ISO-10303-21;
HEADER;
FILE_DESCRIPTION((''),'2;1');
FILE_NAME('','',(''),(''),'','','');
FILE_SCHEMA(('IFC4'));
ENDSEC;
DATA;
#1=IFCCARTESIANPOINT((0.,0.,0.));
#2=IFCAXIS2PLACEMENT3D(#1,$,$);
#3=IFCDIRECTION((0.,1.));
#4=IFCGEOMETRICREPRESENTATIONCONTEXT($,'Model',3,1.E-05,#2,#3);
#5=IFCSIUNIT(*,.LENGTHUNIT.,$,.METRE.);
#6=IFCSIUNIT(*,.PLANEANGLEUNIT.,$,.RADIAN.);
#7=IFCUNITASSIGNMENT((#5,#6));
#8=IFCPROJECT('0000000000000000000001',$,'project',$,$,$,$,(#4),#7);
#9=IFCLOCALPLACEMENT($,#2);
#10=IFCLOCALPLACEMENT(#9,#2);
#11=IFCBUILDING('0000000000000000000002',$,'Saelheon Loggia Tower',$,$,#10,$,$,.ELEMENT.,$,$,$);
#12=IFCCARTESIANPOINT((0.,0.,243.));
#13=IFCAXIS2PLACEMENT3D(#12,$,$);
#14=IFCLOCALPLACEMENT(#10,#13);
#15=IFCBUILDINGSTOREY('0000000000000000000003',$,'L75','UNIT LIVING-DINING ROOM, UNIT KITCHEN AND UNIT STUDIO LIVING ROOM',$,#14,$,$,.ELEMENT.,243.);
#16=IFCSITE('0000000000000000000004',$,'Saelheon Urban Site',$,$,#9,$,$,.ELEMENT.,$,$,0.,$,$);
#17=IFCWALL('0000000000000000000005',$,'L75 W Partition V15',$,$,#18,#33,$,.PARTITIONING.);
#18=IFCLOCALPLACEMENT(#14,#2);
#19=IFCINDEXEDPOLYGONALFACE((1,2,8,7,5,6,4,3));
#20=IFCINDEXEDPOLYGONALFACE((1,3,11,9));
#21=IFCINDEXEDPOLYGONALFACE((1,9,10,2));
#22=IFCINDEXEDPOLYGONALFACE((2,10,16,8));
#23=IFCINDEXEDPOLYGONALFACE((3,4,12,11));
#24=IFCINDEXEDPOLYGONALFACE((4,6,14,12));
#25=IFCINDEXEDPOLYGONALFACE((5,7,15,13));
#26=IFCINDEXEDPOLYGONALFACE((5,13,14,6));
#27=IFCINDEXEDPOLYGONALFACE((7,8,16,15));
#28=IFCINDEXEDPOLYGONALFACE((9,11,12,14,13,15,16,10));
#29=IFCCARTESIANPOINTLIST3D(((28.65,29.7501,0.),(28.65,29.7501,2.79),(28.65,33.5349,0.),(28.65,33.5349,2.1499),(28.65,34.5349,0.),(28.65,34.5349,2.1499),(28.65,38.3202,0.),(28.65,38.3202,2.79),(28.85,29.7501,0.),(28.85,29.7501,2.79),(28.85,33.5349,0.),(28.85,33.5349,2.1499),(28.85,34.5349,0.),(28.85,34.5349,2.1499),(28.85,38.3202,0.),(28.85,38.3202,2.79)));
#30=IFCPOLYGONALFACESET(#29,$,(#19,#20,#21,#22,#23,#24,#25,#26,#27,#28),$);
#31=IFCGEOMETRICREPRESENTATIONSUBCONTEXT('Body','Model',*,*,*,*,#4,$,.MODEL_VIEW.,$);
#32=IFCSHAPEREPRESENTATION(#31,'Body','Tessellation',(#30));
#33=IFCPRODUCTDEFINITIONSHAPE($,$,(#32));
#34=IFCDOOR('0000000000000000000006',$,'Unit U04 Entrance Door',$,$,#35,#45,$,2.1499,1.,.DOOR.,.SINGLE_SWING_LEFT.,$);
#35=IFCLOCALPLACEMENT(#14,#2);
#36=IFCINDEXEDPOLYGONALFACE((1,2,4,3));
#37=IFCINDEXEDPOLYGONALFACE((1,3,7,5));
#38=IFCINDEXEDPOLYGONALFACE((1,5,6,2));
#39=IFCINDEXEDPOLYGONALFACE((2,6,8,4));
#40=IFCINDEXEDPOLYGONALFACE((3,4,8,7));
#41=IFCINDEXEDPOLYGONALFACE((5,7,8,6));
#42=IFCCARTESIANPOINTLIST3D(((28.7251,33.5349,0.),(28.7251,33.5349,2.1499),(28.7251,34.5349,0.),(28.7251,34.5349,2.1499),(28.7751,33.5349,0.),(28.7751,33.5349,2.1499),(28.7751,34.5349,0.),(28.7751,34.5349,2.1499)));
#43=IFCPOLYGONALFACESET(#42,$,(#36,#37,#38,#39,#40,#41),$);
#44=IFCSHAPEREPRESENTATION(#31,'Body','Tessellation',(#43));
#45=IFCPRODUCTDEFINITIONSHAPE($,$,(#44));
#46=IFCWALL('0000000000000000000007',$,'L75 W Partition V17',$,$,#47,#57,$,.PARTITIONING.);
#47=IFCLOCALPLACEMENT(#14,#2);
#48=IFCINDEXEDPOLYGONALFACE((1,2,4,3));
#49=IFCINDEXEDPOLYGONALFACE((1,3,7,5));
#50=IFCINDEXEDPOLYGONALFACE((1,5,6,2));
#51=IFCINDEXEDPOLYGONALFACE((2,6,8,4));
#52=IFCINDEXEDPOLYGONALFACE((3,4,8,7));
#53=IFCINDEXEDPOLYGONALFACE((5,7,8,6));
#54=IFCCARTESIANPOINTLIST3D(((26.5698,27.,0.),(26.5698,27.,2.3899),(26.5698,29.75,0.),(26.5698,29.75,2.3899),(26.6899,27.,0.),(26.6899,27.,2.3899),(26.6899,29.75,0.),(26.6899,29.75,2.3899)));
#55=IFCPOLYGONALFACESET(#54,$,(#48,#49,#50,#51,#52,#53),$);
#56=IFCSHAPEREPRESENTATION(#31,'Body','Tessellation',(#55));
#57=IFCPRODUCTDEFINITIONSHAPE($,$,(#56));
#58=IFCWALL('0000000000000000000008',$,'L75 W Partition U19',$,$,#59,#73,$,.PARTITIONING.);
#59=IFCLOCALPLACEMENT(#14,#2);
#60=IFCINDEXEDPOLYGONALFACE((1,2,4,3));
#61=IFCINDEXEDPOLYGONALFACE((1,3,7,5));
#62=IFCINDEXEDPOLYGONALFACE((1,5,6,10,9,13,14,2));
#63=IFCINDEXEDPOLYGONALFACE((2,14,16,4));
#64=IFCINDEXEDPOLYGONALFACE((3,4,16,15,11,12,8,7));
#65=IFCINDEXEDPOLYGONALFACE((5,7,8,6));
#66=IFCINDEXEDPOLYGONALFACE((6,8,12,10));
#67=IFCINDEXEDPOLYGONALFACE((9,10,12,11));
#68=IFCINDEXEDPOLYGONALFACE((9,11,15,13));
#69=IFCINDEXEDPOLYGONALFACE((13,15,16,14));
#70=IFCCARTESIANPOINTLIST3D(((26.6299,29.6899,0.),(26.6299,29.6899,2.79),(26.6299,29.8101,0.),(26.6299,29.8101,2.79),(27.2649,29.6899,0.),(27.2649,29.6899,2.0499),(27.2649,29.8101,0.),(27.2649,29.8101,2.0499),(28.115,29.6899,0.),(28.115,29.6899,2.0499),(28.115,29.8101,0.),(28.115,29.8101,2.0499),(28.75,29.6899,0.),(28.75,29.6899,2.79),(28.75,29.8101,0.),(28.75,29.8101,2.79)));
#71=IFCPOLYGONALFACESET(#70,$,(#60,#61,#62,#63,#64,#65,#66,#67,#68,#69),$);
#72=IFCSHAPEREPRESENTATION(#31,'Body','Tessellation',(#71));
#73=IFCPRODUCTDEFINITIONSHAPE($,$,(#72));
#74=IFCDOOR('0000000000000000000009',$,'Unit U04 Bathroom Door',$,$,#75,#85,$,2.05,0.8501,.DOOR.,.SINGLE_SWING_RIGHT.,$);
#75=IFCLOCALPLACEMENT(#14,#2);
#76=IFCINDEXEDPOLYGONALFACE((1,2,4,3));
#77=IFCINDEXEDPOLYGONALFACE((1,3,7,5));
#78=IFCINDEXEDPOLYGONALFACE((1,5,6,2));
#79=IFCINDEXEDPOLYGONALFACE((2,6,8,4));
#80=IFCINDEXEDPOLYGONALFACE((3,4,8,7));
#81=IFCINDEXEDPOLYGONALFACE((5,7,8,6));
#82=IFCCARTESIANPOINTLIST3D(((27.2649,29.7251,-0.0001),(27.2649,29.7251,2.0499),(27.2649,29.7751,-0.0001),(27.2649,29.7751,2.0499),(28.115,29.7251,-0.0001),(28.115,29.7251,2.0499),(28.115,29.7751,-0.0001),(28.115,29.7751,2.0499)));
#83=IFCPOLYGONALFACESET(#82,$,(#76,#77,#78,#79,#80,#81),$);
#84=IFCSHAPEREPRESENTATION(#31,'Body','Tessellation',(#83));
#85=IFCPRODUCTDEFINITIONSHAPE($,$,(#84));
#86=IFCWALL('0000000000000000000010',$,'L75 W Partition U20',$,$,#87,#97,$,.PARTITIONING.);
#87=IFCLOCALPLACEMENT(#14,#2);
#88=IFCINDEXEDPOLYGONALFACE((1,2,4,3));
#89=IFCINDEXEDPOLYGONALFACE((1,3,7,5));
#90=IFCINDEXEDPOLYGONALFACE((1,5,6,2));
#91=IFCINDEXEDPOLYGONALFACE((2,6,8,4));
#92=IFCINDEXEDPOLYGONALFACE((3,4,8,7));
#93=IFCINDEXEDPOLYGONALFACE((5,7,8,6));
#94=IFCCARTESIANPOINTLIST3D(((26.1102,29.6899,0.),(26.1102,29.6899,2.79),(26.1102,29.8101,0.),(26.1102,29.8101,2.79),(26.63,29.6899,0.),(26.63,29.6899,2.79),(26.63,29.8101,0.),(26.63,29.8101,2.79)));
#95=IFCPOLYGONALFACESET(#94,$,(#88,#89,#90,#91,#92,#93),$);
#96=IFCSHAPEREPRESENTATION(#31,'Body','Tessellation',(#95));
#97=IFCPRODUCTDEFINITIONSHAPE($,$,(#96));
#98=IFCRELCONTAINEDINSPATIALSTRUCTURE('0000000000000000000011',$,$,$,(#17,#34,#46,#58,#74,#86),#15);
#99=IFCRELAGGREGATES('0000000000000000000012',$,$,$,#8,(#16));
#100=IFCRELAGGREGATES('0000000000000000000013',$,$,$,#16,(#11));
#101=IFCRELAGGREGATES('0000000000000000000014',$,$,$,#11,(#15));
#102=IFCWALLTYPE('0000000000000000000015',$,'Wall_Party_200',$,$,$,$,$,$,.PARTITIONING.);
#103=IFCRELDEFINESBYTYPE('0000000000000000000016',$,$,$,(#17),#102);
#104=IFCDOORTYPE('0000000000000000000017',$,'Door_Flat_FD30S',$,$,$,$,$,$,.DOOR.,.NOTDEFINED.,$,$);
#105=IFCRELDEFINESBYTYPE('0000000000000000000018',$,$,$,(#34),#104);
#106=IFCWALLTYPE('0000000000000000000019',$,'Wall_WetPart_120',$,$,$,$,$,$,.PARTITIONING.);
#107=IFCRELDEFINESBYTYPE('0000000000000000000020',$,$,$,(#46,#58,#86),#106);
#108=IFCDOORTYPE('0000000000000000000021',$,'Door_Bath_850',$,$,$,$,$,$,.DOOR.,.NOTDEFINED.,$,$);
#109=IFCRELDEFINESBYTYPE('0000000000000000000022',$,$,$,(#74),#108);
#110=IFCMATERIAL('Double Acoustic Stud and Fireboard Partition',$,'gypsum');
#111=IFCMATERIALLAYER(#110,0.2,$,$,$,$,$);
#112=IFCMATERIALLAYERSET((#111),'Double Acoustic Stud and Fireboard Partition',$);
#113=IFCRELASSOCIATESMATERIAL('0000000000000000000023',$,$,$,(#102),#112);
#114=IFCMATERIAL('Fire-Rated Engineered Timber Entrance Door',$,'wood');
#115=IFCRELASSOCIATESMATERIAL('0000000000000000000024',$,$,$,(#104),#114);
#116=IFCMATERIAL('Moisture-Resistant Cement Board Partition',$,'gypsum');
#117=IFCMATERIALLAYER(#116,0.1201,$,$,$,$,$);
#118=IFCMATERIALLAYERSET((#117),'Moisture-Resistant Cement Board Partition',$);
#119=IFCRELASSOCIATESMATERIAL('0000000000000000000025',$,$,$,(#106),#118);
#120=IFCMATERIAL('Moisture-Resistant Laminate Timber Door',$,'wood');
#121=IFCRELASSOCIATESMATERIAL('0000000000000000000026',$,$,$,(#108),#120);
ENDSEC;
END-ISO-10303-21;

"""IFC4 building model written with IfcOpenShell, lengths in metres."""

from ifc_helpers import new_model, si_unit, direction, frame, frame_2d, origin, place, context, subcontext, project, spatial, rectangle, extrude, source, transform, mapped, material, layer, layer_set, type_object, element, fill, save


model = new_model("IFC4")

# Units and contexts
model_context = context("Model", 3, precision=1e-05, world=origin(), true_north=direction((0.0, 1.0)))
body_context = subcontext(model_context, "Body", "Model", "MODEL_VIEW")
ifc_project = project(units=[si_unit("LENGTHUNIT", "METRE"), si_unit("PLANEANGLEUNIT", "RADIAN")], contexts=[model_context])

# Site, building, storey
site_placement = place(None, origin())
site = spatial("IfcSite", under=ifc_project, at=site_placement, Name="Saelheon Urban Site", CompositionType="ELEMENT", RefElevation=0.0)
building_placement = place(site_placement, origin())
building = spatial("IfcBuilding", under=site, at=building_placement, Name="Saelheon Loggia Tower", CompositionType="ELEMENT")
storey_placement = place(building_placement, frame((0.0, 0.0, 243.0)))
storey = spatial("IfcBuildingStorey", under=building, at=storey_placement, Name="L75", Description="UNIT LIVING-DINING ROOM, UNIT KITCHEN AND UNIT STUDIO LIVING ROOM", CompositionType="ELEMENT", Elevation=243.0)

# Shared definitions
ifc_material_1 = material(Name="Double Acoustic Stud and Fireboard Partition", Category="gypsum")
ifc_layer_1 = layer(ifc_material_1, 0.2)
ifc_layer_set_1 = layer_set([ifc_layer_1], Name="Double Acoustic Stud and Fireboard Partition")
wall_type_1 = type_object("IfcWallType", Name="Wall_Party_200", PredefinedType="PARTITIONING", material=ifc_layer_set_1)

# Wall, opening, door
wall_1_placement = place(storey_placement, frame((28.75, 29.75, 0.0), z_axis=(0.0, 0.0, 1.0), x_axis=(0.0, 1.0, 0.0)))
wall_1 = element("IfcWall", 1, at=wall_1_placement, inside=storey, type_object=wall_type_1, Name="L75 W Partition V15", PredefinedType="PARTITIONING", context=body_context, shape_type="SweptSolid", body=[
    extrude(rectangle(XDim=8.5701, YDim=0.2, at=frame_2d((4.2852, 0.0))), origin(), (0.0, 0.0, 1.0), 2.79),
])
opening_1_placement = place(wall_1_placement, frame((3.7849, 0.0, 0.0)))
opening_1 = element("IfcOpeningElement", 2, at=opening_1_placement, cuts=wall_1, PredefinedType="OPENING", context=body_context, shape_type="SweptSolid", body=[
    extrude(rectangle(XDim=1.0, YDim=2.1499, at=frame_2d((0.5, 1.075))), frame((0.0, 0.1121, 0.0), z_axis=(0.0, -1.0, 0.0), x_axis=(1.0, 0.0, 0.0)), (0.0, 0.0, 1.0), 0.2239),
])
ifc_material_2 = material(Name="Fire-Rated Engineered Timber Entrance Door", Category="wood")
door_type_1 = type_object("IfcDoorType", Name="Door_Flat_FD30S", OperationType="NOTDEFINED", PredefinedType="DOOR", material=ifc_material_2)
shared_shape_1 = source(origin(), body_context, "Body", "SweptSolid", [
    extrude(rectangle(XDim=1.0, YDim=2.1499, at=frame_2d((0.5, 1.075))), frame((0.0, 0.0249, 0.0), z_axis=(0.0, -1.0, 0.0), x_axis=(1.0, 0.0, 0.0)), (0.0, 0.0, 1.0), 0.05),
])
door_1_placement = place(opening_1_placement, origin())
door_1 = element("IfcDoor", 3, at=door_1_placement, inside=storey, type_object=door_type_1, Name="Unit U04 Entrance Door", OperationType="SINGLE_SWING_LEFT", OverallHeight=2.1499, OverallWidth=1.0, PredefinedType="DOOR", context=body_context, shape_type="MappedRepresentation", body=[
    mapped(shared_shape_1, transform((0.0, 0.0, 0.0), scale=1.0)),
])
fill(opening_1, door_1)

# Wall
ifc_material_3 = material(Name="Moisture-Resistant Cement Board Partition", Category="gypsum")
ifc_layer_2 = layer(ifc_material_3, 0.1201)
ifc_layer_set_2 = layer_set([ifc_layer_2], Name="Moisture-Resistant Cement Board Partition")
wall_type_2 = type_object("IfcWallType", Name="Wall_WetPart_120", PredefinedType="PARTITIONING", material=ifc_layer_set_2)
wall_2_placement = place(storey_placement, frame((26.6299, 27.0, 0.0), z_axis=(0.0, 0.0, 1.0), x_axis=(0.0, 1.0, 0.0)))
element("IfcWall", 4, at=wall_2_placement, inside=storey, type_object=wall_type_2, Name="L75 W Partition V17", PredefinedType="PARTITIONING", context=body_context, shape_type="SweptSolid", body=[
    extrude(rectangle(XDim=2.75, YDim=0.1201, at=frame_2d((1.375, 0.0))), origin(), (0.0, 0.0, 1.0), 2.3899),
])

# Wall, opening, door
wall_3_placement = place(storey_placement, frame((28.75, 29.75, 0.0), z_axis=(0.0, 0.0, 1.0), x_axis=(-1.0, 0.0, 0.0)))
wall_3 = element("IfcWall", 5, at=wall_3_placement, inside=storey, type_object=wall_type_2, Name="L75 W Partition U19", PredefinedType="PARTITIONING", context=body_context, shape_type="SweptSolid", body=[
    extrude(rectangle(XDim=2.1201, YDim=0.1201, at=frame_2d((1.0601, 0.0))), origin(), (0.0, 0.0, 1.0), 2.79),
])
opening_2_placement = place(wall_3_placement, frame((0.635, 0.0, 0.0)))
opening_2 = element("IfcOpeningElement", 6, at=opening_2_placement, cuts=wall_3, PredefinedType="OPENING", context=body_context, shape_type="SweptSolid", body=[
    extrude(rectangle(XDim=0.8501, YDim=2.05, at=frame_2d((0.425, 1.0249))), frame((0.0, 0.072, 0.0), z_axis=(0.0, -1.0, 0.0), x_axis=(1.0, 0.0, 0.0)), (0.0, 0.0, 1.0), 0.144),
])
ifc_material_4 = material(Name="Moisture-Resistant Laminate Timber Door", Category="wood")
door_type_2 = type_object("IfcDoorType", Name="Door_Bath_850", OperationType="NOTDEFINED", PredefinedType="DOOR", material=ifc_material_4)
shared_shape_2 = source(origin(), body_context, "Body", "SweptSolid", [
    extrude(rectangle(XDim=0.8501, YDim=2.05, at=frame_2d((0.425, 1.0249))), frame((0.0, 0.0249, 0.0), z_axis=(0.0, -1.0, 0.0), x_axis=(1.0, 0.0, 0.0)), (0.0, 0.0, 1.0), 0.05),
])
door_2_placement = place(opening_2_placement, origin())
door_2 = element("IfcDoor", 7, at=door_2_placement, inside=storey, type_object=door_type_2, Name="Unit U04 Bathroom Door", OperationType="SINGLE_SWING_RIGHT", OverallHeight=2.05, OverallWidth=0.8501, PredefinedType="DOOR", context=body_context, shape_type="MappedRepresentation", body=[
    mapped(shared_shape_2, transform((0.0, 0.0, 0.0), scale=1.0)),
])
fill(opening_2, door_2)

# Wall
wall_4_placement = place(storey_placement, frame((26.6299, 29.75, 0.0), z_axis=(0.0, 0.0, 1.0), x_axis=(-1.0, 0.0, 0.0)))
element("IfcWall", 8, at=wall_4_placement, inside=storey, type_object=wall_type_2, Name="L75 W Partition U20", PredefinedType="PARTITIONING", context=body_context, shape_type="SweptSolid", body=[
    extrude(rectangle(XDim=0.5198, YDim=0.1201, at=frame_2d((0.2598, 0.0))), origin(), (0.0, 0.0, 1.0), 2.79),
])

save(model, "model.ifc")
